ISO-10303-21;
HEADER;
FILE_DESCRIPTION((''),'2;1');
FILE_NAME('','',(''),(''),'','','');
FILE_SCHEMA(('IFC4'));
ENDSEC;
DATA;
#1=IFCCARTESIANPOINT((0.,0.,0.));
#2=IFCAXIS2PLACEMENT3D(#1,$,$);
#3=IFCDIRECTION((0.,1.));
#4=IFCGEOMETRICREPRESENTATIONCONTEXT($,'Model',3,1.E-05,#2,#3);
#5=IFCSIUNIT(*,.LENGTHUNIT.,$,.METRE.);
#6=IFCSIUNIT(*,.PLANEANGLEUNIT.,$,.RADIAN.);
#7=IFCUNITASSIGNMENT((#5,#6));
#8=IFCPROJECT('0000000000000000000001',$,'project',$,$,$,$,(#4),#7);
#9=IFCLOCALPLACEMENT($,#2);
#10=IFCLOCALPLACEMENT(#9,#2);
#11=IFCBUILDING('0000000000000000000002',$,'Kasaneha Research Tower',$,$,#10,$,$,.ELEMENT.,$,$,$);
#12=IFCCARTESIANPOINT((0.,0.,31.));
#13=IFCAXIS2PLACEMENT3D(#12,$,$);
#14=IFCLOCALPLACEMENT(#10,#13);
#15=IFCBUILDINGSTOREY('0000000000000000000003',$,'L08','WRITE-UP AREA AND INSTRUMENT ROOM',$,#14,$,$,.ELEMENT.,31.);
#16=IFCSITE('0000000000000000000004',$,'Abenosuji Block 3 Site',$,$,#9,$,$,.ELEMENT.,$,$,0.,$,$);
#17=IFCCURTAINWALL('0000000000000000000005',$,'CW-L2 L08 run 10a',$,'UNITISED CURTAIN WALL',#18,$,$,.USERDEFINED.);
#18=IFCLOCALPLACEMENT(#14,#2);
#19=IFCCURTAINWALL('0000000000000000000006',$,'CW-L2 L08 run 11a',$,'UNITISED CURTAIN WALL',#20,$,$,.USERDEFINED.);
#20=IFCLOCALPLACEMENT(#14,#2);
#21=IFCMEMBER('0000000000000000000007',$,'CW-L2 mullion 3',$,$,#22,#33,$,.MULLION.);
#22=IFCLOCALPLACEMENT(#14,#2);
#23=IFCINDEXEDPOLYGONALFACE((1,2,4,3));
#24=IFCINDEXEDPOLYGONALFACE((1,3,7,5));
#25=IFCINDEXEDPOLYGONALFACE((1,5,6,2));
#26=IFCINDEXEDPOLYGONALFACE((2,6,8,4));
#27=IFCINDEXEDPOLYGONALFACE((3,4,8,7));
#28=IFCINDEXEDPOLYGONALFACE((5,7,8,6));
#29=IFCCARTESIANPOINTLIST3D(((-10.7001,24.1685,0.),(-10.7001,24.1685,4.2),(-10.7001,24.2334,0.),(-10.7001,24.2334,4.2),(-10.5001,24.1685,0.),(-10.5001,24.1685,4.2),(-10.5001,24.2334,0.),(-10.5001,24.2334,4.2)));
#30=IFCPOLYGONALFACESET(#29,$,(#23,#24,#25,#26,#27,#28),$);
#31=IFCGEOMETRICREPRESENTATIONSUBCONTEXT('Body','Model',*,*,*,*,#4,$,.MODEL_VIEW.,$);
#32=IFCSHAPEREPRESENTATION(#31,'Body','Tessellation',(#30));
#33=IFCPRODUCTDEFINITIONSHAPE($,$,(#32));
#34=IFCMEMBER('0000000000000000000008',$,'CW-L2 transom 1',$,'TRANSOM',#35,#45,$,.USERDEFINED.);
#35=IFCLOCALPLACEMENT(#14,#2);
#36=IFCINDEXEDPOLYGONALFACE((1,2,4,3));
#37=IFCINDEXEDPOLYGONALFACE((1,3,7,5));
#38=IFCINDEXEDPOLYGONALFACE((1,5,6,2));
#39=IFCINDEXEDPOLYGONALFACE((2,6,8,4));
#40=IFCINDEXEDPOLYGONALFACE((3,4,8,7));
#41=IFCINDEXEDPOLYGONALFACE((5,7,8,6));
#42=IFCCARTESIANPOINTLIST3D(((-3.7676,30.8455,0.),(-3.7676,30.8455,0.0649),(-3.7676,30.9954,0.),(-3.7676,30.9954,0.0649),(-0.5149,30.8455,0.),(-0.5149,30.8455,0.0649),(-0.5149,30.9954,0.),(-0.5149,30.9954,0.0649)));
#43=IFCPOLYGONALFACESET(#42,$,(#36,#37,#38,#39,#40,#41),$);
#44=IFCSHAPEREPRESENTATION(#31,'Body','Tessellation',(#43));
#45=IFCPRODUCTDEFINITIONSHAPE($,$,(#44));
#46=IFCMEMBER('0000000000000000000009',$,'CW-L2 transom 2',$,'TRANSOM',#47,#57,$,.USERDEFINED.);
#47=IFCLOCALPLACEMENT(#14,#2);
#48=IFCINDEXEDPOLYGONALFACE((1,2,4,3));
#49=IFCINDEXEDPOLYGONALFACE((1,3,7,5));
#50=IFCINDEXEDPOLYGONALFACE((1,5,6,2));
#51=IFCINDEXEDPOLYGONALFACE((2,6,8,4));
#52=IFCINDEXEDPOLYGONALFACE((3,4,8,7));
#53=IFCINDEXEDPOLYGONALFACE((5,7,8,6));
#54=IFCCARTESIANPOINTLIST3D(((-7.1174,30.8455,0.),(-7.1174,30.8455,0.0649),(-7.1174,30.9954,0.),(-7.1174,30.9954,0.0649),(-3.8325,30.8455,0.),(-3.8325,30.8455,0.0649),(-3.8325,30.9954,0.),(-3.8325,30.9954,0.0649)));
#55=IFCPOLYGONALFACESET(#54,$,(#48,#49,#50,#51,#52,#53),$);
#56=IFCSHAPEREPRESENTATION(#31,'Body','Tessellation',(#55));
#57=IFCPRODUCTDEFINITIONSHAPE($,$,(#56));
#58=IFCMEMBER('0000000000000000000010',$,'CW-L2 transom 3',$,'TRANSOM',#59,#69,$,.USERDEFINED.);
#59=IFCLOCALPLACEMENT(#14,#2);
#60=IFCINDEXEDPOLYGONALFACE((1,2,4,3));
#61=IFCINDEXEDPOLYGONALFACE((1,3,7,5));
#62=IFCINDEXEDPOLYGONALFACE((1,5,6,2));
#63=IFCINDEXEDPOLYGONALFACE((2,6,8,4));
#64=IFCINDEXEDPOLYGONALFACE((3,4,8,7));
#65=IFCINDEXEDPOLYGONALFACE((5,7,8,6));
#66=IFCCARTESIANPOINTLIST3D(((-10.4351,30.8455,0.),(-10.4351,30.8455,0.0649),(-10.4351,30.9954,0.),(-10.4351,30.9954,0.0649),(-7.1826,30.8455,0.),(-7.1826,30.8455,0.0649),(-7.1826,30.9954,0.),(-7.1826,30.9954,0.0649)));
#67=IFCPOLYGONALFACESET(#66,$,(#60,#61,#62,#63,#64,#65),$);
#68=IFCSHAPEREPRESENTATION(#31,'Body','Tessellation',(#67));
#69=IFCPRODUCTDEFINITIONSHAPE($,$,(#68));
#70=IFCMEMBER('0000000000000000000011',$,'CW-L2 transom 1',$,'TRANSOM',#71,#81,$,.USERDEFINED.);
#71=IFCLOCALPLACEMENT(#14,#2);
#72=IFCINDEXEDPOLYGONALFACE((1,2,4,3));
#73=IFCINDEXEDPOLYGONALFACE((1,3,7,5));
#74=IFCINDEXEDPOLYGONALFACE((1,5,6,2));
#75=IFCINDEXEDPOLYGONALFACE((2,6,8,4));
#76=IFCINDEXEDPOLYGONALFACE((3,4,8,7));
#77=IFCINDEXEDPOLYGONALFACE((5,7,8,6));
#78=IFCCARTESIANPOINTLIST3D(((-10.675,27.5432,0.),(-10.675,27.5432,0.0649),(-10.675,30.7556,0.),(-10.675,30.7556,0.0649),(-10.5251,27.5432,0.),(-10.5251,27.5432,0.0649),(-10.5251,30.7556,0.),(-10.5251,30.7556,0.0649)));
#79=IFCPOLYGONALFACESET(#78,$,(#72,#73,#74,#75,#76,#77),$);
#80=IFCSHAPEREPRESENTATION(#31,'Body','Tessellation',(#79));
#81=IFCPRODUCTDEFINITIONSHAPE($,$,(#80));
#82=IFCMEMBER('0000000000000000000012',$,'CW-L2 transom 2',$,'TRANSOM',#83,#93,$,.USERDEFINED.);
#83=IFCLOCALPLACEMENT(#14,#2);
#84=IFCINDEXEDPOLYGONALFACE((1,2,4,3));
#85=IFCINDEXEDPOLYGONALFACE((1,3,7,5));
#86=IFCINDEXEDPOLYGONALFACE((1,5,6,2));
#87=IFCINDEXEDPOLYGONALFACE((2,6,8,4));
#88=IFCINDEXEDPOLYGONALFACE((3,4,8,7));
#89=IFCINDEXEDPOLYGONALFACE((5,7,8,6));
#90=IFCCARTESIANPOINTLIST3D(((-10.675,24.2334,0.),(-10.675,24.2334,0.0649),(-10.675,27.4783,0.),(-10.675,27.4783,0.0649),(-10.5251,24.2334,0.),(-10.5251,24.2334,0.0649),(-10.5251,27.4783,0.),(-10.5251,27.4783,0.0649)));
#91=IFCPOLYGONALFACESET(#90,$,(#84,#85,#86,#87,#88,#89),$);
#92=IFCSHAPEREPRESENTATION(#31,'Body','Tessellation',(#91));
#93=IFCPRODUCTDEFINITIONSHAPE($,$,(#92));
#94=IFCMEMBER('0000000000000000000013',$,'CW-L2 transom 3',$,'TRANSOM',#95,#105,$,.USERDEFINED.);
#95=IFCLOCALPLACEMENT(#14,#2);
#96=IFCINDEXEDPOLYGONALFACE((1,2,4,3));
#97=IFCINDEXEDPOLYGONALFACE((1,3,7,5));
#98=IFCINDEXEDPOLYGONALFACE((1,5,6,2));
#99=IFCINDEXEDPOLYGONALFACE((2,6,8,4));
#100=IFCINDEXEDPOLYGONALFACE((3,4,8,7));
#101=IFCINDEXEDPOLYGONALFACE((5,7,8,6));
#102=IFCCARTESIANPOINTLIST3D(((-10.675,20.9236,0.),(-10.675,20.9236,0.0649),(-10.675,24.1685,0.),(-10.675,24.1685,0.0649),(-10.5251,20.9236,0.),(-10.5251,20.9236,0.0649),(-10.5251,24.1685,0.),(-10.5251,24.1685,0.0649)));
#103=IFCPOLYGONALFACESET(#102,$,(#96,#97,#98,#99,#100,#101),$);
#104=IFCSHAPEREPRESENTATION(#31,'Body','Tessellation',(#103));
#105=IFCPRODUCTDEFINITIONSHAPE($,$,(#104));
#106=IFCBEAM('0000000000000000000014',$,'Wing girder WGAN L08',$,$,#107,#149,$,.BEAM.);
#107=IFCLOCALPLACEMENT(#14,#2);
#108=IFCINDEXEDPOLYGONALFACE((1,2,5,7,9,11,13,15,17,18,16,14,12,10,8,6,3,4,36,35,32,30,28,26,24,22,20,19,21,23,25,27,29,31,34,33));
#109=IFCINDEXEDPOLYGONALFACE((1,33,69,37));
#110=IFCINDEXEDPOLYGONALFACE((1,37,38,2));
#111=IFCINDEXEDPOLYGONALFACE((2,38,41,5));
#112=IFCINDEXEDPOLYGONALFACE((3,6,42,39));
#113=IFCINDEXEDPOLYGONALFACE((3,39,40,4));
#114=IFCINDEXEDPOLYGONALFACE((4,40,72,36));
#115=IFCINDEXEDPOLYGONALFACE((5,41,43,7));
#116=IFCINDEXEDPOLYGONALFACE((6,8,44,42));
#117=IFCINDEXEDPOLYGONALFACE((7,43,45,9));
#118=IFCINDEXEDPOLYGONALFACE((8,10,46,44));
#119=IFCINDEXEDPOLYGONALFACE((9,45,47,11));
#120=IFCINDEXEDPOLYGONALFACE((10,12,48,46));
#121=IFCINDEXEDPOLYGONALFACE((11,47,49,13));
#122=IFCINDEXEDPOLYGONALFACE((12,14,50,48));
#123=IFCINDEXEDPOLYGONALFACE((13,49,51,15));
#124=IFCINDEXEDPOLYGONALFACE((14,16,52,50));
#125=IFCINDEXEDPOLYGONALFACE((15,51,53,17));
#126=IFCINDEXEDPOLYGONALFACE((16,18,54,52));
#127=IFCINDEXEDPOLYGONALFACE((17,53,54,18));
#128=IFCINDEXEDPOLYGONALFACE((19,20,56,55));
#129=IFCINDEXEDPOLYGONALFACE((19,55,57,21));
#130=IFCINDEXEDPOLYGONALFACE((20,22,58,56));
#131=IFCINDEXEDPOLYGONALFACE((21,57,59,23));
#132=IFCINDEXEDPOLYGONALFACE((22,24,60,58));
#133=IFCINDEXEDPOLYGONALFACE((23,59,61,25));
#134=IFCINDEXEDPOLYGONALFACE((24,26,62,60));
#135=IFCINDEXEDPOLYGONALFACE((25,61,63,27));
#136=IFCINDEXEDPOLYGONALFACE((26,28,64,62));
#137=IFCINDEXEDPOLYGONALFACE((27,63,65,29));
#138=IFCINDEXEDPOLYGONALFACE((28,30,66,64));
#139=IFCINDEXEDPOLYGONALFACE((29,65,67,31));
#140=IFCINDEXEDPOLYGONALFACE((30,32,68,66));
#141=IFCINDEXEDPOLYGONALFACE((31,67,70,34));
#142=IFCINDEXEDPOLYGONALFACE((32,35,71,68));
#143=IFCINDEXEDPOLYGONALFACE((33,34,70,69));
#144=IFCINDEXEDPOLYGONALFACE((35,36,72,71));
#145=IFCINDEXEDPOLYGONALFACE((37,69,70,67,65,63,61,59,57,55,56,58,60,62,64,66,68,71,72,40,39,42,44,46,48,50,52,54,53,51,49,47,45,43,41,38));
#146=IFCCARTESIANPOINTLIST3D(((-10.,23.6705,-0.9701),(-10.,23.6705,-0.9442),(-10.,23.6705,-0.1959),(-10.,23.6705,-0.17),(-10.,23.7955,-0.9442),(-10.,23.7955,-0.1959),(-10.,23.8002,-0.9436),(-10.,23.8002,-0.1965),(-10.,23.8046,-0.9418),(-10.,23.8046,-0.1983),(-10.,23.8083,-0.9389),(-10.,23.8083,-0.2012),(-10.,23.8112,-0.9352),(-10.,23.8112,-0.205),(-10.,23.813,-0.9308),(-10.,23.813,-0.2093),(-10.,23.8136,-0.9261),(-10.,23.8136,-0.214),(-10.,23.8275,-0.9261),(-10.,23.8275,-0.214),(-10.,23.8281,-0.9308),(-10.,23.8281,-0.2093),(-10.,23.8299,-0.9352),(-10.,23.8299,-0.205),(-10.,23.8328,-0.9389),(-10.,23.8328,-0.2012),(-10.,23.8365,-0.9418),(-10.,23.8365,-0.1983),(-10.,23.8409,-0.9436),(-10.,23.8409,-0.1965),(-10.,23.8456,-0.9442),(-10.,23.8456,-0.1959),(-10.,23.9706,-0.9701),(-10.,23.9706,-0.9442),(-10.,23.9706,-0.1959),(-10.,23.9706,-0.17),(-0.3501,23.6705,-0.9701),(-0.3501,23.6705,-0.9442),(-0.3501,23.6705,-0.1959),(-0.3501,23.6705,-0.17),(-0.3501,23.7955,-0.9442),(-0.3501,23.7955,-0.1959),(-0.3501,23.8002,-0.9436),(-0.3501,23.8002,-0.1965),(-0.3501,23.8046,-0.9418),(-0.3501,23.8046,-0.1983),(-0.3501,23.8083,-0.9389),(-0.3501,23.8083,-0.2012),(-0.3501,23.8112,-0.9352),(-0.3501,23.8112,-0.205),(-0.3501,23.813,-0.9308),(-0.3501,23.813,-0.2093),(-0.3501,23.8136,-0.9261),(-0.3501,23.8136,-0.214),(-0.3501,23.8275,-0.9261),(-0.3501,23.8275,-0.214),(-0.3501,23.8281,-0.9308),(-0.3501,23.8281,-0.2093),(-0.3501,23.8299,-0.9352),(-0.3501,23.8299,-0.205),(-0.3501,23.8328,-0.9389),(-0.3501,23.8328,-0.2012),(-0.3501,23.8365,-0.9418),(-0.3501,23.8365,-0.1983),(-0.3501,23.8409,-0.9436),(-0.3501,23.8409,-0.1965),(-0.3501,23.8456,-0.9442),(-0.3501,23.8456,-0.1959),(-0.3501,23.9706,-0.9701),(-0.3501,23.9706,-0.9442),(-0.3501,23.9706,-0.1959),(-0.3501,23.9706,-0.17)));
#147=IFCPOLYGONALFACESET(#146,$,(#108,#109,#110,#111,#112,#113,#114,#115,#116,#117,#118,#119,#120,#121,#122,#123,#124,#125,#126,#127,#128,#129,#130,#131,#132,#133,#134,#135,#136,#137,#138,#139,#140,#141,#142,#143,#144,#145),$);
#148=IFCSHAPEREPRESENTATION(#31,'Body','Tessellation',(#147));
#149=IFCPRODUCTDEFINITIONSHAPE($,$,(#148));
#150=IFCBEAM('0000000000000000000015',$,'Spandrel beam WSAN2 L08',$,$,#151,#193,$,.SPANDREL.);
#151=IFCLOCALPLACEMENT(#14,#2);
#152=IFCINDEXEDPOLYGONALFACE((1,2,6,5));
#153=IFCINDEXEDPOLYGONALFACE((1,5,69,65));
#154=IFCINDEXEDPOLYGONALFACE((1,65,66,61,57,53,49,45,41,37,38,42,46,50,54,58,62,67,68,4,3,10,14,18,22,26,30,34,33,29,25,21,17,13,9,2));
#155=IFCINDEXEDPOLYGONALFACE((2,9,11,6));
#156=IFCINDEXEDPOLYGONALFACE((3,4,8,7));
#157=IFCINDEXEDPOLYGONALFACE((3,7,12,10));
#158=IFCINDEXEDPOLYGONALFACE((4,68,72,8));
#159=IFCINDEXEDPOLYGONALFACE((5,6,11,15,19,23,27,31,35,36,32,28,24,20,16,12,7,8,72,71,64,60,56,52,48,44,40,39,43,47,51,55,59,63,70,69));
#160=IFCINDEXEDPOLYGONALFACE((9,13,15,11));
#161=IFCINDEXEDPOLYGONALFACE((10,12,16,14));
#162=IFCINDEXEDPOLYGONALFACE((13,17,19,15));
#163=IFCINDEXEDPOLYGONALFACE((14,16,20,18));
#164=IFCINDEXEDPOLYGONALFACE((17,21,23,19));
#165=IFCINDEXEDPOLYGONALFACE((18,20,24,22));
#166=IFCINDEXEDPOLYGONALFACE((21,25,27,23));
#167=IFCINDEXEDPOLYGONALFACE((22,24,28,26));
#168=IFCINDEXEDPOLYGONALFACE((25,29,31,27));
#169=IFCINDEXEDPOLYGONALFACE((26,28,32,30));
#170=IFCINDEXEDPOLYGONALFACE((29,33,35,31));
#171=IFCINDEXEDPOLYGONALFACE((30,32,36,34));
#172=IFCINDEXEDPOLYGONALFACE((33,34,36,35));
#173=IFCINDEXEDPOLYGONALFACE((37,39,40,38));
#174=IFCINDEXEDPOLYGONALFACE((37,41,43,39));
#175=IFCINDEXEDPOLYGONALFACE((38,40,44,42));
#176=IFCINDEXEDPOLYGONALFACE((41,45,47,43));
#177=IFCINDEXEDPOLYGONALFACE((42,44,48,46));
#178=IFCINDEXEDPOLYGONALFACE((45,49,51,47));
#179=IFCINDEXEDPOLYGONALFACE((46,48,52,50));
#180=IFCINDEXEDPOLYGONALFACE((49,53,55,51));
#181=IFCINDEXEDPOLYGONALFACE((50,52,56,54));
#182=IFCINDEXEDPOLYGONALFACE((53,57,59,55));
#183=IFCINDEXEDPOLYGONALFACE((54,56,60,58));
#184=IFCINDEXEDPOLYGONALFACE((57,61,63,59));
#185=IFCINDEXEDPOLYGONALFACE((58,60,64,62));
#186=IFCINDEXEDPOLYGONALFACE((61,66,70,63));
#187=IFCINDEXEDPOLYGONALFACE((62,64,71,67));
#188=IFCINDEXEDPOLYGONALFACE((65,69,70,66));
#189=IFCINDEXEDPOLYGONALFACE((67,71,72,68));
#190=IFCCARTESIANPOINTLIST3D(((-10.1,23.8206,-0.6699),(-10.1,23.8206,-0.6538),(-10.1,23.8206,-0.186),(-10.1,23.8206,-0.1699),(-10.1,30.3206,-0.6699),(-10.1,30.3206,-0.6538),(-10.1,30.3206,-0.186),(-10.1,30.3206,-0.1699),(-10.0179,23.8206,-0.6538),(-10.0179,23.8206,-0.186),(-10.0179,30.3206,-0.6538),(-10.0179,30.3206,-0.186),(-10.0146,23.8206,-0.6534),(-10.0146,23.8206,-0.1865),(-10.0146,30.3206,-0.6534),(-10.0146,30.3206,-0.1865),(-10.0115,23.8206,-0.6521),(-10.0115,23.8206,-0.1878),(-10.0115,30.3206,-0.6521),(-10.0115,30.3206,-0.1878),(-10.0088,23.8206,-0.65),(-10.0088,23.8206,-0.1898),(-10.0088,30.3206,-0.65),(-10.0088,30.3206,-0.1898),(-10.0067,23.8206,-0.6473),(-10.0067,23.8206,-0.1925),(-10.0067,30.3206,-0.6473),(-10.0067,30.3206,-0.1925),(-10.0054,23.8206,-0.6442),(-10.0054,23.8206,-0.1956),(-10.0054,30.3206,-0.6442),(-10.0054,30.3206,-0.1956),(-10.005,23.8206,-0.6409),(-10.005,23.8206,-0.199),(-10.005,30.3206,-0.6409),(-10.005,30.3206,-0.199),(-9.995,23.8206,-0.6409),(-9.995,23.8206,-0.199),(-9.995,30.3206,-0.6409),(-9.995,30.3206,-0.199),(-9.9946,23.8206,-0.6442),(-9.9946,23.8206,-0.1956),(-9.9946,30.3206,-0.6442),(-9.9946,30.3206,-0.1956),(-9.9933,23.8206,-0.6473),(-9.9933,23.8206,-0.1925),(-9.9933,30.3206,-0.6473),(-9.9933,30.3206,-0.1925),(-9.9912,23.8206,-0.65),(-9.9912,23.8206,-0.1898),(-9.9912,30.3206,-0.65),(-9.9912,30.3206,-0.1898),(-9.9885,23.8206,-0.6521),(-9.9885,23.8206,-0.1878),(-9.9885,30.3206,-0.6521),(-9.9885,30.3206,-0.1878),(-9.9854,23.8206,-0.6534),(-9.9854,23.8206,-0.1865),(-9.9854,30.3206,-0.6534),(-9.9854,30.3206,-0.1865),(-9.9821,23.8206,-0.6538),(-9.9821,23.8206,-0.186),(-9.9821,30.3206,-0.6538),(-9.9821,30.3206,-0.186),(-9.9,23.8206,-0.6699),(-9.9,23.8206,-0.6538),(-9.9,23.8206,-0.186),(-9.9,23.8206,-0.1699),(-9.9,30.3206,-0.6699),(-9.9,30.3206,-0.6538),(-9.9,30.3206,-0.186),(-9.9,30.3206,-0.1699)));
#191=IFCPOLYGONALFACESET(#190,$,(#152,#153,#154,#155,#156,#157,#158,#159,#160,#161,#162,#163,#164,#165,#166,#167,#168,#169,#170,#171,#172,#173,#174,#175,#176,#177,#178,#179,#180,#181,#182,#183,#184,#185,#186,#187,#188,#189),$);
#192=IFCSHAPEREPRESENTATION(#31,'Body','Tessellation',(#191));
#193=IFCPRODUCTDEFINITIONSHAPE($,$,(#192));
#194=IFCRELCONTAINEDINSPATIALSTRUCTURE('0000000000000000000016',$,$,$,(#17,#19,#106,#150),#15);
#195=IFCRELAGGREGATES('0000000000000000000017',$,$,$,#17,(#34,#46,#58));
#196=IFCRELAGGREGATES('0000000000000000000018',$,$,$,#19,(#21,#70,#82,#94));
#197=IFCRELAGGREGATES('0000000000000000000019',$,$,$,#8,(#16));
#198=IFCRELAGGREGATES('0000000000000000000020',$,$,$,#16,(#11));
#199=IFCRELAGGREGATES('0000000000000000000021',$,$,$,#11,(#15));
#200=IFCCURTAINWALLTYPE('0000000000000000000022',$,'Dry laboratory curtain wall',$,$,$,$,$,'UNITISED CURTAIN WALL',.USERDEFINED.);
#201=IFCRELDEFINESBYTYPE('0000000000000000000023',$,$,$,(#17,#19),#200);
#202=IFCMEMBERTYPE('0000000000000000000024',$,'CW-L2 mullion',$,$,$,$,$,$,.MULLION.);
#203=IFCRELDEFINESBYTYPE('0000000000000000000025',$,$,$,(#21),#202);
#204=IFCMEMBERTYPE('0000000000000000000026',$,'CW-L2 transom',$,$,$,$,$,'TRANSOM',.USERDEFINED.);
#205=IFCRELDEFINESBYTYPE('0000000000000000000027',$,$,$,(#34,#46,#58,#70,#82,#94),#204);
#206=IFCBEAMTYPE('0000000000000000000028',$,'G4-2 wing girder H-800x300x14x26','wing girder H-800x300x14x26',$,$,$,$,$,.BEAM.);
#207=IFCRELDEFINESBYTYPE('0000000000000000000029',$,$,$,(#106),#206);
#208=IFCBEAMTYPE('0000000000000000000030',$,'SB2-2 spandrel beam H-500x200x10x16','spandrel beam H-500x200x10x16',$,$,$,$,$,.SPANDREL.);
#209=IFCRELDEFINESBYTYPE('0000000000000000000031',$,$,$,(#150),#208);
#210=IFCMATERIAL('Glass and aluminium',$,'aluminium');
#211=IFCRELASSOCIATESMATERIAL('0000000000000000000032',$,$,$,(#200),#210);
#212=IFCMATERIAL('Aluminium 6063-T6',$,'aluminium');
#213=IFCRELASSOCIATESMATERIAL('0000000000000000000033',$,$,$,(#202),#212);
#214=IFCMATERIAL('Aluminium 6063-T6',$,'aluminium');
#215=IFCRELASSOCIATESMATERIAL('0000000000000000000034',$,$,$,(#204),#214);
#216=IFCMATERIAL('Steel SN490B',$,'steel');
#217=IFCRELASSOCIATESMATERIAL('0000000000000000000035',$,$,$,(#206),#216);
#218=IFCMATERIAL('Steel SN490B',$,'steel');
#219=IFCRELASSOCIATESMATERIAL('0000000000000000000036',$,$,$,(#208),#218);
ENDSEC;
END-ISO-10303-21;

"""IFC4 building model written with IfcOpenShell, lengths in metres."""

from ifc_helpers import new_model, si_unit, direction, frame, origin, origin_2d, place, context, subcontext, project, spatial, rectangle, i_section, extrude, material, material_profile, profile_set, type_object, element, aggregate, save


model = new_model("IFC4")

# Units and contexts
model_context = context("Model", 3, precision=1e-05, world=origin(), true_north=direction((0.0, 1.0)))
body_context = subcontext(model_context, "Body", "Model", "MODEL_VIEW")
ifc_project = project(units=[si_unit("LENGTHUNIT", "METRE"), si_unit("PLANEANGLEUNIT", "RADIAN")], contexts=[model_context])

# Site, building, storey
site_placement = place(None, origin())
site = spatial("IfcSite", under=ifc_project, at=site_placement, Name="Abenosuji Block 3 Site", CompositionType="ELEMENT", RefElevation=0.0)
building_placement = place(site_placement, origin())
building = spatial("IfcBuilding", under=site, at=building_placement, Name="Kasaneha Research Tower", CompositionType="ELEMENT")
storey_placement = place(building_placement, frame((0.0, 0.0, 31.0)))
storey = spatial("IfcBuildingStorey", under=building, at=storey_placement, Name="L08", Description="WRITE-UP AREA AND INSTRUMENT ROOM", CompositionType="ELEMENT", Elevation=31.0)

# Curtain walls, member
ifc_material_1 = material(Name="Glass and aluminium", Category="aluminium")
curtain_wall_type = type_object("IfcCurtainWallType", Name="Dry laboratory curtain wall", ElementType="UNITISED CURTAIN WALL", PredefinedType="USERDEFINED", material=ifc_material_1)
curtain_wall_1_placement = place(storey_placement, origin())
curtain_wall_1 = element("IfcCurtainWall", 1, at=curtain_wall_1_placement, inside=storey, type_object=curtain_wall_type, Name="CW-L2 L08 run 10a", ObjectType="UNITISED CURTAIN WALL", PredefinedType="USERDEFINED")
ifc_material_2 = material(Name="Aluminium 6063-T6", Category="aluminium")
ifc_material_profile_1 = material_profile(ifc_material_2, rectangle(XDim=0.0649, YDim=0.2, at=origin_2d()), Name="CW-L2 mullion 65x200")
ifc_profile_set_1 = profile_set([ifc_material_profile_1], Name="Aluminium 6063-T6")
member_type_1 = type_object("IfcMemberType", Name="CW-L2 mullion", PredefinedType="MULLION", material=ifc_profile_set_1)
curtain_wall_2_placement = place(storey_placement, origin())
curtain_wall_2 = element("IfcCurtainWall", 2, at=curtain_wall_2_placement, inside=storey, type_object=curtain_wall_type, Name="CW-L2 L08 run 11a", ObjectType="UNITISED CURTAIN WALL", PredefinedType="USERDEFINED")
member_1_placement = place(storey_placement, frame((-10.6001, 24.2009, 0.0), z_axis=(0.0, 0.0, 1.0), x_axis=(0.0, -1.0, 0.0)))
member_1 = element("IfcMember", 3, at=member_1_placement, type_object=member_type_1, Name="CW-L2 mullion 3", PredefinedType="MULLION", context=body_context, shape_type="SweptSolid", body=[
    extrude(rectangle(XDim=0.0649, YDim=0.2, at=origin_2d()), origin(), (0.0, 0.0, 1.0), 4.2),
])

# Members
ifc_material_3 = material(Name="Aluminium 6063-T6", Category="aluminium")
ifc_material_profile_2 = material_profile(ifc_material_3, rectangle(XDim=0.1499, YDim=0.0649, at=origin_2d()), Name="CW-L2 transom 150x65")
ifc_profile_set_2 = profile_set([ifc_material_profile_2], Name="Aluminium 6063-T6")
member_type_2 = type_object("IfcMemberType", Name="CW-L2 transom", ElementType="TRANSOM", PredefinedType="USERDEFINED", material=ifc_profile_set_2)
member_2_placement = place(storey_placement, frame((-0.5149, 30.9204, 0.0325), z_axis=(-1.0, 0.0, 0.0), x_axis=(0.0, -1.0, 0.0)))
member_2 = element("IfcMember", 4, at=member_2_placement, type_object=member_type_2, Name="CW-L2 transom 1", ObjectType="TRANSOM", PredefinedType="USERDEFINED", context=body_context, shape_type="SweptSolid", body=[
    extrude(rectangle(XDim=0.1499, YDim=0.0649, at=origin_2d()), origin(), (0.0, 0.0, 1.0), 3.2527),
])
member_3_placement = place(storey_placement, frame((-3.8325, 30.9204, 0.0325), z_axis=(-1.0, 0.0, 0.0), x_axis=(0.0, -1.0, 0.0)))
member_3 = element("IfcMember", 5, at=member_3_placement, type_object=member_type_2, Name="CW-L2 transom 2", ObjectType="TRANSOM", PredefinedType="USERDEFINED", context=body_context, shape_type="SweptSolid", body=[
    extrude(rectangle(XDim=0.1499, YDim=0.0649, at=origin_2d()), origin(), (0.0, 0.0, 1.0), 3.2849),
])
member_4_placement = place(storey_placement, frame((-7.1826, 30.9204, 0.0325), z_axis=(-1.0, 0.0, 0.0), x_axis=(0.0, -1.0, 0.0)))
member_4 = element("IfcMember", 6, at=member_4_placement, type_object=member_type_2, Name="CW-L2 transom 3", ObjectType="TRANSOM", PredefinedType="USERDEFINED", context=body_context, shape_type="SweptSolid", body=[
    extrude(rectangle(XDim=0.1499, YDim=0.0649, at=origin_2d()), origin(), (0.0, 0.0, 1.0), 3.2524),
])
member_5_placement = place(storey_placement, frame((-10.6001, 30.7556, 0.0325), z_axis=(0.0, -1.0, 0.0), x_axis=(1.0, 0.0, 0.0)))
member_5 = element("IfcMember", 7, at=member_5_placement, type_object=member_type_2, Name="CW-L2 transom 1", ObjectType="TRANSOM", PredefinedType="USERDEFINED", context=body_context, shape_type="SweptSolid", body=[
    extrude(rectangle(XDim=0.1499, YDim=0.0649, at=origin_2d()), origin(), (0.0, 0.0, 1.0), 3.2124),
])
member_6_placement = place(storey_placement, frame((-10.6001, 27.4783, 0.0325), z_axis=(0.0, -1.0, 0.0), x_axis=(1.0, 0.0, 0.0)))
member_6 = element("IfcMember", 8, at=member_6_placement, type_object=member_type_2, Name="CW-L2 transom 2", ObjectType="TRANSOM", PredefinedType="USERDEFINED", context=body_context, shape_type="SweptSolid", body=[
    extrude(rectangle(XDim=0.1499, YDim=0.0649, at=origin_2d()), origin(), (0.0, 0.0, 1.0), 3.2449),
])
member_7_placement = place(storey_placement, frame((-10.6001, 24.1685, 0.0325), z_axis=(0.0, -1.0, 0.0), x_axis=(1.0, 0.0, 0.0)))
member_7 = element("IfcMember", 9, at=member_7_placement, type_object=member_type_2, Name="CW-L2 transom 3", ObjectType="TRANSOM", PredefinedType="USERDEFINED", context=body_context, shape_type="SweptSolid", body=[
    extrude(rectangle(XDim=0.1499, YDim=0.0649, at=origin_2d()), origin(), (0.0, 0.0, 1.0), 3.2449),
])

# Beams
ifc_material_4 = material(Name="Steel SN490B", Category="steel")
ifc_material_profile_3 = material_profile(ifc_material_4, i_section(OverallWidth=0.3, OverallDepth=0.8, WebThickness=0.0139, FlangeThickness=0.0259, FilletRadius=0.0181, at=origin_2d()), Name="H-800x300x14x26")
ifc_profile_set_3 = profile_set([ifc_material_profile_3], Name="Steel SN490B")
beam_type_1 = type_object("IfcBeamType", Name="G4-2 wing girder H-800x300x14x26", Description="wing girder H-800x300x14x26", PredefinedType="BEAM", material=ifc_profile_set_3)
beam_1_placement = place(storey_placement, frame((-10.0, 23.8206, -0.5701), z_axis=(1.0, 0.0, 0.0), x_axis=(0.0, 1.0, 0.0)))
element("IfcBeam", 10, at=beam_1_placement, inside=storey, type_object=beam_type_1, Name="Wing girder WGAN L08", PredefinedType="BEAM", context=body_context, shape_type="SweptSolid", body=[
    extrude(i_section(OverallWidth=0.3, OverallDepth=0.8, WebThickness=0.0139, FlangeThickness=0.0259, FilletRadius=0.0181, at=origin_2d()), origin(), (0.0, 0.0, 1.0), 9.6499),
])
ifc_material_5 = material(Name="Steel SN490B", Category="steel")
ifc_material_profile_4 = material_profile(ifc_material_5, i_section(OverallWidth=0.2, OverallDepth=0.5, WebThickness=0.01, FlangeThickness=0.0161, FilletRadius=0.0129, at=origin_2d()), Name="H-500x200x10x16")
ifc_profile_set_4 = profile_set([ifc_material_profile_4], Name="Steel SN490B")
beam_type_2 = type_object("IfcBeamType", Name="SB2-2 spandrel beam H-500x200x10x16", Description="spandrel beam H-500x200x10x16", PredefinedType="SPANDREL", material=ifc_profile_set_4)
beam_2_placement = place(storey_placement, frame((-10.0, 23.8206, -0.4199), z_axis=(0.0, 1.0, 0.0), x_axis=(-1.0, 0.0, 0.0)))
element("IfcBeam", 11, at=beam_2_placement, inside=storey, type_object=beam_type_2, Name="Spandrel beam WSAN2 L08", PredefinedType="SPANDREL", context=body_context, shape_type="SweptSolid", body=[
    extrude(i_section(OverallWidth=0.2, OverallDepth=0.5, WebThickness=0.01, FlangeThickness=0.0161, FilletRadius=0.0129, at=origin_2d()), origin(), (0.0, 0.0, 1.0), 6.5),
])

aggregate(curtain_wall_1, [member_2, member_3, member_4])
aggregate(curtain_wall_2, [member_1, member_5, member_6, member_7])

save(model, "model.ifc")
